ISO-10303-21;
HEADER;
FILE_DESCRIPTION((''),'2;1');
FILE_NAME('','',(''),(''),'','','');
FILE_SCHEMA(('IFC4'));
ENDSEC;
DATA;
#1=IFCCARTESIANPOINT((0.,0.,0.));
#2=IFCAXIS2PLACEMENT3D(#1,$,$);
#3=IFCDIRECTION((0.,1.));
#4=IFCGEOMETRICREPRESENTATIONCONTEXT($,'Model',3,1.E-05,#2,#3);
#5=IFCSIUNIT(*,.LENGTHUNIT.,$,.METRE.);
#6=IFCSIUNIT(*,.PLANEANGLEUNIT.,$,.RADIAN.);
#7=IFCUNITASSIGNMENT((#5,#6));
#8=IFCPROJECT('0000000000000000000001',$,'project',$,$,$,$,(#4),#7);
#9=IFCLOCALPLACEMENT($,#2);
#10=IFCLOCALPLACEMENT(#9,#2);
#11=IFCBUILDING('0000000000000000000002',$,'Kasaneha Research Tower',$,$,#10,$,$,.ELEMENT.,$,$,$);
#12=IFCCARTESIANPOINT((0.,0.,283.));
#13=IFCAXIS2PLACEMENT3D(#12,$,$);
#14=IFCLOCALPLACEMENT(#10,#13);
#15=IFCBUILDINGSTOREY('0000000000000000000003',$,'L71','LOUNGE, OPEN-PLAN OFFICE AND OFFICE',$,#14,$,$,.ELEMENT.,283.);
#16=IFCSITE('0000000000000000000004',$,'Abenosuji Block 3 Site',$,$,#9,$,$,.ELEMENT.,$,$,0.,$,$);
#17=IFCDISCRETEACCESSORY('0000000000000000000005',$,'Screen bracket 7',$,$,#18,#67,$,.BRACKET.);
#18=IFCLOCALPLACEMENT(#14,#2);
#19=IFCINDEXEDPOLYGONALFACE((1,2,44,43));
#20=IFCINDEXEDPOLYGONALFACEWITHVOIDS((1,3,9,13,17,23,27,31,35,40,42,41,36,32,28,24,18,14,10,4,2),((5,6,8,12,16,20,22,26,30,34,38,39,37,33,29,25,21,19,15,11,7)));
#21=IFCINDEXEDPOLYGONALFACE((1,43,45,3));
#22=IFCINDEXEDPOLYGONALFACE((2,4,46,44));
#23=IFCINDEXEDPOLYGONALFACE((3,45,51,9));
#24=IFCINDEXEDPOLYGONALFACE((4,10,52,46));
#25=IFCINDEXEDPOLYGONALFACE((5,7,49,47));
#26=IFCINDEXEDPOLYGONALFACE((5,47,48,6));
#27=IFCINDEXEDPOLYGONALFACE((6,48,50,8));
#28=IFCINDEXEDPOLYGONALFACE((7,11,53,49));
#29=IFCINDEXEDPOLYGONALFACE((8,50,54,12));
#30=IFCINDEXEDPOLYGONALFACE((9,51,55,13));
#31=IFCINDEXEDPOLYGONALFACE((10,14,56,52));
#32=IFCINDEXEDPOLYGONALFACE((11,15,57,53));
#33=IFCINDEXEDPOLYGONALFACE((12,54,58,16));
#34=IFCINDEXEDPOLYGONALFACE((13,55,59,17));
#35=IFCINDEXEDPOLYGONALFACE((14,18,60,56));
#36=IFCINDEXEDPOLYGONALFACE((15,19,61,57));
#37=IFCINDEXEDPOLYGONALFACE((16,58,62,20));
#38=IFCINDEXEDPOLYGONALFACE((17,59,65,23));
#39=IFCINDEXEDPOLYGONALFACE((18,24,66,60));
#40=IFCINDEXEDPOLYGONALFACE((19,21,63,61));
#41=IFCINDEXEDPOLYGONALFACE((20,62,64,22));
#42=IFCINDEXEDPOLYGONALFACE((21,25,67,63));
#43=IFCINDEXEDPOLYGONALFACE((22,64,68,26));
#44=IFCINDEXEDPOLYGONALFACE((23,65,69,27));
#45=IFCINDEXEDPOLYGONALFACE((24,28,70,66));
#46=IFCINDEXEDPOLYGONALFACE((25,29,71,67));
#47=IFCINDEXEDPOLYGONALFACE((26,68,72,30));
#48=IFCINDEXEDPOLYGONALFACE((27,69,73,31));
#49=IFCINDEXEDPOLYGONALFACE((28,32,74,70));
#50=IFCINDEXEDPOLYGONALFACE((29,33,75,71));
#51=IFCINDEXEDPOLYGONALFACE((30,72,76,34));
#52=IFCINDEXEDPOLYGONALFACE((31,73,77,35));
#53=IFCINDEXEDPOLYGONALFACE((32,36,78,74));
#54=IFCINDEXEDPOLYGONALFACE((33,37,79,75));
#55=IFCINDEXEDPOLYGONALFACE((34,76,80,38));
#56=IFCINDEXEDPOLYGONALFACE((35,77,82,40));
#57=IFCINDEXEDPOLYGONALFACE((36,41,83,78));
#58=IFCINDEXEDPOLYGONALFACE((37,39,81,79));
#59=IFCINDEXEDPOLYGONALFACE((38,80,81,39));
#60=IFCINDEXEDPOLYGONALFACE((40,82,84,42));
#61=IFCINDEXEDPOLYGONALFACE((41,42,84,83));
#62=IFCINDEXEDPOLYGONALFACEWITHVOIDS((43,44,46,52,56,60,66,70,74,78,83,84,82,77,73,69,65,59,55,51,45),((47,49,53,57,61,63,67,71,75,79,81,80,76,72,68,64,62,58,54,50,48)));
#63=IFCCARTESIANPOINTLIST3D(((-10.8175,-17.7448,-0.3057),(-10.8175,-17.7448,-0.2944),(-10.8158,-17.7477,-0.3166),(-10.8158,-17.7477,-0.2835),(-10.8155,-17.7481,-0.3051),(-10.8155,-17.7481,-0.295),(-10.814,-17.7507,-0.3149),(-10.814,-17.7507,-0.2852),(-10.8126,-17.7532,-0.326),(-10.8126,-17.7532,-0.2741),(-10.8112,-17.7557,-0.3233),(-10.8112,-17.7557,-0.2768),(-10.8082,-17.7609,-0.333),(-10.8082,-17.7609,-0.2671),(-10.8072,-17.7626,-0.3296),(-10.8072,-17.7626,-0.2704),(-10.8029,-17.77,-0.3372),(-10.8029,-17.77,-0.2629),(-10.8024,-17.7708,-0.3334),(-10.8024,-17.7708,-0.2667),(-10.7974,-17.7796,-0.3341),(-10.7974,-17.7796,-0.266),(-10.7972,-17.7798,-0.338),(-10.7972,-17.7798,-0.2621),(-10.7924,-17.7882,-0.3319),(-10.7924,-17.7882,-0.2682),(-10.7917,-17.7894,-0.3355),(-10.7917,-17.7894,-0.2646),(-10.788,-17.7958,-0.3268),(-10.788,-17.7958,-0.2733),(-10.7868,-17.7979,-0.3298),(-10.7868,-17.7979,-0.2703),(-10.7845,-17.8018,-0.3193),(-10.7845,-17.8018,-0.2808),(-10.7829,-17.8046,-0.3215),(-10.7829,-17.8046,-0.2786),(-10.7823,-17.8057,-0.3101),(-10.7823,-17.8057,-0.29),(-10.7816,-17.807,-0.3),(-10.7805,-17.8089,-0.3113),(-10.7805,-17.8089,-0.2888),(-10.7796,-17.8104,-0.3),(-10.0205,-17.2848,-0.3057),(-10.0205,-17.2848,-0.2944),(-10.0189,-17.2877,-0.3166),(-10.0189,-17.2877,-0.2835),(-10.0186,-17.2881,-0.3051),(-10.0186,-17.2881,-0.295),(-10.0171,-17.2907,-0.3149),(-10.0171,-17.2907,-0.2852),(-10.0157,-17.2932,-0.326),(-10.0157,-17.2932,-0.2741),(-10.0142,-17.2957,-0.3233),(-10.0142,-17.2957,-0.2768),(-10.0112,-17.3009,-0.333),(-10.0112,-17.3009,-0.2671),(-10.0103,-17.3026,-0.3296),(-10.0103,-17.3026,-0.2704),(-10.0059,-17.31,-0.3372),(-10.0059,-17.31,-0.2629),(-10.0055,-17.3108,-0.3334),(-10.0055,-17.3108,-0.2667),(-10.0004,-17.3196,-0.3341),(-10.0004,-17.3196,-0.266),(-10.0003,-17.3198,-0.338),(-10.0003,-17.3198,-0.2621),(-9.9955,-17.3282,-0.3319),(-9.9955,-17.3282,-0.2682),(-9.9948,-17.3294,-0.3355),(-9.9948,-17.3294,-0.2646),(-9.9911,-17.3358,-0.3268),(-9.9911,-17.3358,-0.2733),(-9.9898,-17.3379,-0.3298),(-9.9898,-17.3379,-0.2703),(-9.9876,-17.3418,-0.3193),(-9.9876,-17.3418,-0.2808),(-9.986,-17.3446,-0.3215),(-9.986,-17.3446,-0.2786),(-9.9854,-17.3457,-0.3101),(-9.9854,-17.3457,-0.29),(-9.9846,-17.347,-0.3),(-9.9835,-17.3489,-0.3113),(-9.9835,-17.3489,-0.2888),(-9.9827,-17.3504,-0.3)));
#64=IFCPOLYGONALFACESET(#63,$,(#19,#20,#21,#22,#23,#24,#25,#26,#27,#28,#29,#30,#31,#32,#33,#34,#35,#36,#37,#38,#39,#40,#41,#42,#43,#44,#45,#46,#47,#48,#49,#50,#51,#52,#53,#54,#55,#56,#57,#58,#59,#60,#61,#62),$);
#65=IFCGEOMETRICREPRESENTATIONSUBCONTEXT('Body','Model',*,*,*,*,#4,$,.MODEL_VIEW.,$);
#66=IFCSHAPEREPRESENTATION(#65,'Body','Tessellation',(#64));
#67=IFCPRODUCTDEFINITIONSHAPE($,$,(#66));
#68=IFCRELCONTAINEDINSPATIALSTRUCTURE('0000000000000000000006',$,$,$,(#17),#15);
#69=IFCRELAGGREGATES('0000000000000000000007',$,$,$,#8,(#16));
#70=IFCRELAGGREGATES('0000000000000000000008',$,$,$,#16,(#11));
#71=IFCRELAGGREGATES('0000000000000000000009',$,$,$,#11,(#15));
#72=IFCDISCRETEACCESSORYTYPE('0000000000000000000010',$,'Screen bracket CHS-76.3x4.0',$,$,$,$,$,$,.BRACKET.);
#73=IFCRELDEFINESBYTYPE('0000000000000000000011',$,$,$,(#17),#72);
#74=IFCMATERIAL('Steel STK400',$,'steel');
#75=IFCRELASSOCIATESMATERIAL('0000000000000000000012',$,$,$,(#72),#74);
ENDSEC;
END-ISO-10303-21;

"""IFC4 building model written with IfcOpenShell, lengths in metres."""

from ifc_helpers import new_model, si_unit, direction, frame, origin, origin_2d, place, context, subcontext, project, spatial, hollow_circle, extrude, material, material_profile, profile_set, type_object, element, save


model = new_model("IFC4")

# Units and contexts
model_context = context("Model", 3, precision=1e-05, world=origin(), true_north=direction((0.0, 1.0)))
body_context = subcontext(model_context, "Body", "Model", "MODEL_VIEW")
ifc_project = project(units=[si_unit("LENGTHUNIT", "METRE"), si_unit("PLANEANGLEUNIT", "RADIAN")], contexts=[model_context])

# Site, building, storey
site_placement = place(None, origin())
site = spatial("IfcSite", under=ifc_project, at=site_placement, Name="Abenosuji Block 3 Site", CompositionType="ELEMENT", RefElevation=0.0)
building_placement = place(site_placement, origin())
building = spatial("IfcBuilding", under=site, at=building_placement, Name="Kasaneha Research Tower", CompositionType="ELEMENT")
storey_placement = place(building_placement, frame((0.0, 0.0, 283.0)))
storey = spatial("IfcBuildingStorey", under=building, at=storey_placement, Name="L71", Description="LOUNGE, OPEN-PLAN OFFICE AND OFFICE", CompositionType="ELEMENT", Elevation=283.0)

# Discrete accessory
ifc_material_1 = material(Name="Steel STK400", Category="steel")
ifc_material_profile_1 = material_profile(ifc_material_1, hollow_circle(Radius=0.0381, WallThickness=0.0039, at=origin_2d()), Name="CHS-76.3x4.0")
ifc_profile_set_1 = profile_set([ifc_material_profile_1], Name="Steel STK400")
discrete_accessory_type = type_object("IfcDiscreteAccessoryType", Name="Screen bracket CHS-76.3x4.0", PredefinedType="BRACKET", material=ifc_profile_set_1)
discrete_accessory_placement = place(storey_placement, frame((-10.0017, -17.3174, -0.3), z_axis=(-0.86608, -0.499906, 0.0), x_axis=(0.499906, -0.86608, 0.0)))
element("IfcDiscreteAccessory", 1, at=discrete_accessory_placement, inside=storey, type_object=discrete_accessory_type, Name="Screen bracket 7", PredefinedType="BRACKET", context=body_context, shape_type="SweptSolid", body=[
    extrude(hollow_circle(Radius=0.0381, WallThickness=0.0039, at=origin_2d()), origin(), (0.0, 0.0, 1.0), 0.9202),
])

save(model, "model.ifc")
